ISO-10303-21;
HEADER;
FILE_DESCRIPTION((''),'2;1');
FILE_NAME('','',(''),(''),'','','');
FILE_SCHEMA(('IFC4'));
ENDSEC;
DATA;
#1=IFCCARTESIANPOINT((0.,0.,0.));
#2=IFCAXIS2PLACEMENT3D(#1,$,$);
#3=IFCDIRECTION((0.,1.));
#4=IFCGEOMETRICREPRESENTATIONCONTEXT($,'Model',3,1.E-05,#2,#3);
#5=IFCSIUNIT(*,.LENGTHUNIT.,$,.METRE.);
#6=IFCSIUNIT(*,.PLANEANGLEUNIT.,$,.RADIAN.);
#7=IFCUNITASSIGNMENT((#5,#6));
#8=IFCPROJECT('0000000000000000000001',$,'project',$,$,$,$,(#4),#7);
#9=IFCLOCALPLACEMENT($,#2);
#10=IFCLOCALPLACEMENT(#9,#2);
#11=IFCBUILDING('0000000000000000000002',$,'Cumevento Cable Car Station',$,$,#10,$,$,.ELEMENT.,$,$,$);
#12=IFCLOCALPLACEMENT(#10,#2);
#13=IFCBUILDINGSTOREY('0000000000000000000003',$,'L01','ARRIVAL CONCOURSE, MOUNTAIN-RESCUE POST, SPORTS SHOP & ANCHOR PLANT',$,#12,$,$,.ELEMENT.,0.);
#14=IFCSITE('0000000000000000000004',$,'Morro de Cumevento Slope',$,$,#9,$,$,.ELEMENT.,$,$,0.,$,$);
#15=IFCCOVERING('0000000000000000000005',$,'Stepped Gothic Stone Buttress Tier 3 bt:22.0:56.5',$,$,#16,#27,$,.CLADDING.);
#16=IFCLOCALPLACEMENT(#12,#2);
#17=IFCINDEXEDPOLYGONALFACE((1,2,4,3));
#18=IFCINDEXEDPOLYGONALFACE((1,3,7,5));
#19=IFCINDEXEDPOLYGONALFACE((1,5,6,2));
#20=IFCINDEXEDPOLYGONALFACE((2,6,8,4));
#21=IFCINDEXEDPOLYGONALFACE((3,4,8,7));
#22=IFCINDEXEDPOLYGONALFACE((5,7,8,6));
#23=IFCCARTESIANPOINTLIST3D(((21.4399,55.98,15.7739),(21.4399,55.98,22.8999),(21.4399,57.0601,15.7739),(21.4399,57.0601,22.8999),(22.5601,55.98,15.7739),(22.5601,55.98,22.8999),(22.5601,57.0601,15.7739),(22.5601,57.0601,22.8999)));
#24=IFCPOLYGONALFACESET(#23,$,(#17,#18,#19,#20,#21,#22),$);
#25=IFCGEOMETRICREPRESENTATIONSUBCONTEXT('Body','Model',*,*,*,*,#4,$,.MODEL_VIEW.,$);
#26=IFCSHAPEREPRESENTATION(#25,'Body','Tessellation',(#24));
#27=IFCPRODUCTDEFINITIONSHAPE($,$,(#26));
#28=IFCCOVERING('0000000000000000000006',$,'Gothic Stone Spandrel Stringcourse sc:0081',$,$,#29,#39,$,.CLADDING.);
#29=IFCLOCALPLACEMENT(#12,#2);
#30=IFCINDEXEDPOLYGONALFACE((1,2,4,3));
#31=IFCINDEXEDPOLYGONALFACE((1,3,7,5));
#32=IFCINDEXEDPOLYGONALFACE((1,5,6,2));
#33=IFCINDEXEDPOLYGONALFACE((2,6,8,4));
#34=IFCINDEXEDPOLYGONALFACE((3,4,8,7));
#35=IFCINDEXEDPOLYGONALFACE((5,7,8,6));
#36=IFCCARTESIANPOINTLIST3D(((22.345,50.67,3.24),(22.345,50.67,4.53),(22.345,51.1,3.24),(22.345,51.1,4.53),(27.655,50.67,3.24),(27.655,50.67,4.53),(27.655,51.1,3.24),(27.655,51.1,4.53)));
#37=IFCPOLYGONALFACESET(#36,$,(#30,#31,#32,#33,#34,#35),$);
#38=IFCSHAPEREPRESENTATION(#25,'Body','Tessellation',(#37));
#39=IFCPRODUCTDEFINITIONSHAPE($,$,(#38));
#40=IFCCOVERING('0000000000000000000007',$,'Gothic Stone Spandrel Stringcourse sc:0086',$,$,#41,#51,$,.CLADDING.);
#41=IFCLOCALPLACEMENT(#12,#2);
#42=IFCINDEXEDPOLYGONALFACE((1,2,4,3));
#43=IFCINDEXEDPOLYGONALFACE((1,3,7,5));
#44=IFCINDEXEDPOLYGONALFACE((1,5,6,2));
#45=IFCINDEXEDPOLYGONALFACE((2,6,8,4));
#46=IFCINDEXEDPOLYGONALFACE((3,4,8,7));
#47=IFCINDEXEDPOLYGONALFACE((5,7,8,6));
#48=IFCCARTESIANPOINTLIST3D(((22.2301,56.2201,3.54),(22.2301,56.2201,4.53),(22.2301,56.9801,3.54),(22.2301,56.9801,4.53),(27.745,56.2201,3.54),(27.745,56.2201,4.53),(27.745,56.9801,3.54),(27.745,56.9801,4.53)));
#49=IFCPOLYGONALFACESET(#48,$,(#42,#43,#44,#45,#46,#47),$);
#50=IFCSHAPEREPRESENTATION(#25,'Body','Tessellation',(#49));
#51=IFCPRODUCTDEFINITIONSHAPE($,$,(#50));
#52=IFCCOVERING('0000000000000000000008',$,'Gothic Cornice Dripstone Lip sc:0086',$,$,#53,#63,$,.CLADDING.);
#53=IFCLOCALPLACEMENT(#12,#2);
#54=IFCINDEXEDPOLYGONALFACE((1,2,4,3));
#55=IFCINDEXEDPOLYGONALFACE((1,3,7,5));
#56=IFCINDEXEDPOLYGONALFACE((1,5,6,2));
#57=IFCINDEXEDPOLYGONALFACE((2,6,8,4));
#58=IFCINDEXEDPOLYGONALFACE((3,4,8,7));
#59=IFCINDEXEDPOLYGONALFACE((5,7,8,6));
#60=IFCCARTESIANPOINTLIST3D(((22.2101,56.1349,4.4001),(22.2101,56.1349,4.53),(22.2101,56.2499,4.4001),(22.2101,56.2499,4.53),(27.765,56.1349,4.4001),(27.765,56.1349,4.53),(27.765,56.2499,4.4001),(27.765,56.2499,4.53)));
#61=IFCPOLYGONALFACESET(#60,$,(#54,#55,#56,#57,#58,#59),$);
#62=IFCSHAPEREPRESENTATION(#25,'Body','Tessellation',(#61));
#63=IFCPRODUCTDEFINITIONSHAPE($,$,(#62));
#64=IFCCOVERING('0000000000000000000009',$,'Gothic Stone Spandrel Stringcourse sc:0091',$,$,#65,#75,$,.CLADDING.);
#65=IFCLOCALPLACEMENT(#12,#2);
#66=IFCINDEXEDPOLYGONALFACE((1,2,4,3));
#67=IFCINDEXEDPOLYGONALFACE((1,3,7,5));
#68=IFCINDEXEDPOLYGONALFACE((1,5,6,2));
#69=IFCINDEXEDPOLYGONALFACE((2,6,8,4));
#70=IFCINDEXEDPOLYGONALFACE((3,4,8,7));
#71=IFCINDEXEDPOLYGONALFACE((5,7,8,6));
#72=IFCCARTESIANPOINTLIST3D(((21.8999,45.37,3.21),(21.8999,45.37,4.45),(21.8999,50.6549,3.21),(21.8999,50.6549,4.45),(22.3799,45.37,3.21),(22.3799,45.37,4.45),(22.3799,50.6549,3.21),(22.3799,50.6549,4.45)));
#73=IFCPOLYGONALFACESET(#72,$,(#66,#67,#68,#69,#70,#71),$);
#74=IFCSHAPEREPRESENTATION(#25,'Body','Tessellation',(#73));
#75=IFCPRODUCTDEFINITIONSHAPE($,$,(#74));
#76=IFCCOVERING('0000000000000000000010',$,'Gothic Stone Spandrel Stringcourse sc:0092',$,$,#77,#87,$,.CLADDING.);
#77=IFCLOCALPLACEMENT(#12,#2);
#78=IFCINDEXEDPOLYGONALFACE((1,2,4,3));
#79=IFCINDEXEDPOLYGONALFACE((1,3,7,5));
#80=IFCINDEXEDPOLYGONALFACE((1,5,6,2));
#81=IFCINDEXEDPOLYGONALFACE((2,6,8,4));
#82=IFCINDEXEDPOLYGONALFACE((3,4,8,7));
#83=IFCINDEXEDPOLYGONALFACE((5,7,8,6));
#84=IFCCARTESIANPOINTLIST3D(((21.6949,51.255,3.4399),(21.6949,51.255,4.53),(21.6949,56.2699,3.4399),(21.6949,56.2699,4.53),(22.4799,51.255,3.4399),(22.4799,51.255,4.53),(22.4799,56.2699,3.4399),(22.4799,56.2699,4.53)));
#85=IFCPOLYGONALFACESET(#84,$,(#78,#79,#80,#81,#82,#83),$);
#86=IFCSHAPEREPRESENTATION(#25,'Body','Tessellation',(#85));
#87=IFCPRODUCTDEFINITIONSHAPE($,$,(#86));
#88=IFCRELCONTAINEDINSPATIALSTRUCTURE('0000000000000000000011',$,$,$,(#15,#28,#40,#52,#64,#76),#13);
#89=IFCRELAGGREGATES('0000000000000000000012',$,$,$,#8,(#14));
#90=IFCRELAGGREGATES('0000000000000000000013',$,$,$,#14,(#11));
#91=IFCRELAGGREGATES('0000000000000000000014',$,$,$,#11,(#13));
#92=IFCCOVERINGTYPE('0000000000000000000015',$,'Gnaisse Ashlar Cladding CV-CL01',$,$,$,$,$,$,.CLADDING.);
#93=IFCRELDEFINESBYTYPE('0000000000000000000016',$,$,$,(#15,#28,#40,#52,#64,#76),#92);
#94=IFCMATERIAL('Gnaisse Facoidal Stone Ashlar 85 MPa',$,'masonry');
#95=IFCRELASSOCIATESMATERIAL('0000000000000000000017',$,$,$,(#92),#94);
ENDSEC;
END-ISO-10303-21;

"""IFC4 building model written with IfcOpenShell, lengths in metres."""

from ifc_helpers import new_model, si_unit, direction, frame, origin, origin_2d, place, context, subcontext, project, spatial, rectangle, extrude, material, type_object, element, save


model = new_model("IFC4")

# Units and contexts
model_context = context("Model", 3, precision=1e-05, world=origin(), true_north=direction((0.0, 1.0)))
body_context = subcontext(model_context, "Body", "Model", "MODEL_VIEW")
ifc_project = project(units=[si_unit("LENGTHUNIT", "METRE"), si_unit("PLANEANGLEUNIT", "RADIAN")], contexts=[model_context])

# Site, building, storey
site_placement = place(None, origin())
site = spatial("IfcSite", under=ifc_project, at=site_placement, Name="Morro de Cumevento Slope", CompositionType="ELEMENT", RefElevation=0.0)
building_placement = place(site_placement, origin())
building = spatial("IfcBuilding", under=site, at=building_placement, Name="Cumevento Cable Car Station", CompositionType="ELEMENT")
storey_placement = place(building_placement, origin())
storey = spatial("IfcBuildingStorey", under=building, at=storey_placement, Name="L01", Description="ARRIVAL CONCOURSE, MOUNTAIN-RESCUE POST, SPORTS SHOP & ANCHOR PLANT", CompositionType="ELEMENT", Elevation=0.0)

# Coverings
ifc_material_1 = material(Name="Gnaisse Facoidal Stone Ashlar 85 MPa", Category="masonry")
covering_type = type_object("IfcCoveringType", Name="Gnaisse Ashlar Cladding CV-CL01", PredefinedType="CLADDING", material=ifc_material_1)
covering_1_placement = place(storey_placement, frame((22.0, 56.52, 15.7739), z_axis=(0.0, 0.0, 1.0), x_axis=(1.0, 0.0, 0.0)))
element("IfcCovering", 1, at=covering_1_placement, inside=storey, type_object=covering_type, Name="Stepped Gothic Stone Buttress Tier 3 bt:22.0:56.5", PredefinedType="CLADDING", context=body_context, shape_type="SweptSolid", body=[
    extrude(rectangle(XDim=1.1201, YDim=1.0801, at=origin_2d()), origin(), (0.0, 0.0, 1.0), 7.126),
])
covering_2_placement = place(storey_placement, frame((25.0, 50.885, 3.24), z_axis=(0.0, 0.0, 1.0), x_axis=(1.0, 0.0, 0.0)))
element("IfcCovering", 2, at=covering_2_placement, inside=storey, type_object=covering_type, Name="Gothic Stone Spandrel Stringcourse sc:0081", PredefinedType="CLADDING", context=body_context, shape_type="SweptSolid", body=[
    extrude(rectangle(XDim=5.3101, YDim=0.4299, at=origin_2d()), origin(), (0.0, 0.0, 1.0), 1.29),
])
covering_3_placement = place(storey_placement, frame((24.9875, 56.6001, 3.54), z_axis=(0.0, 0.0, 1.0), x_axis=(-1.0, 0.0, 0.0)))
element("IfcCovering", 3, at=covering_3_placement, inside=storey, type_object=covering_type, Name="Gothic Stone Spandrel Stringcourse sc:0086", PredefinedType="CLADDING", context=body_context, shape_type="SweptSolid", body=[
    extrude(rectangle(XDim=5.5149, YDim=0.76, at=origin_2d()), origin(), (0.0, 0.0, 1.0), 0.99),
])
covering_4_placement = place(storey_placement, frame((24.9875, 56.1924, 4.4001), z_axis=(0.0, 0.0, 1.0), x_axis=(-1.0, 0.0, 0.0)))
element("IfcCovering", 4, at=covering_4_placement, inside=storey, type_object=covering_type, Name="Gothic Cornice Dripstone Lip sc:0086", PredefinedType="CLADDING", context=body_context, shape_type="SweptSolid", body=[
    extrude(rectangle(XDim=5.5549, YDim=0.115, at=origin_2d()), origin(), (0.0, 0.0, 1.0), 0.1299),
])
covering_5_placement = place(storey_placement, frame((22.1399, 48.0125, 3.21), z_axis=(0.0, 0.0, 1.0), x_axis=(0.0, 1.0, 0.0)))
element("IfcCovering", 5, at=covering_5_placement, inside=storey, type_object=covering_type, Name="Gothic Stone Spandrel Stringcourse sc:0091", PredefinedType="CLADDING", context=body_context, shape_type="SweptSolid", body=[
    extrude(rectangle(XDim=5.2849, YDim=0.48, at=origin_2d()), origin(), (0.0, 0.0, 1.0), 1.24),
])
covering_6_placement = place(storey_placement, frame((22.0874, 53.7625, 3.4399), z_axis=(0.0, 0.0, 1.0), x_axis=(0.0, 1.0, 0.0)))
element("IfcCovering", 6, at=covering_6_placement, inside=storey, type_object=covering_type, Name="Gothic Stone Spandrel Stringcourse sc:0092", PredefinedType="CLADDING", context=body_context, shape_type="SweptSolid", body=[
    extrude(rectangle(XDim=5.0149, YDim=0.7849, at=origin_2d()), origin(), (0.0, 0.0, 1.0), 1.0901),
])

save(model, "model.ifc")
